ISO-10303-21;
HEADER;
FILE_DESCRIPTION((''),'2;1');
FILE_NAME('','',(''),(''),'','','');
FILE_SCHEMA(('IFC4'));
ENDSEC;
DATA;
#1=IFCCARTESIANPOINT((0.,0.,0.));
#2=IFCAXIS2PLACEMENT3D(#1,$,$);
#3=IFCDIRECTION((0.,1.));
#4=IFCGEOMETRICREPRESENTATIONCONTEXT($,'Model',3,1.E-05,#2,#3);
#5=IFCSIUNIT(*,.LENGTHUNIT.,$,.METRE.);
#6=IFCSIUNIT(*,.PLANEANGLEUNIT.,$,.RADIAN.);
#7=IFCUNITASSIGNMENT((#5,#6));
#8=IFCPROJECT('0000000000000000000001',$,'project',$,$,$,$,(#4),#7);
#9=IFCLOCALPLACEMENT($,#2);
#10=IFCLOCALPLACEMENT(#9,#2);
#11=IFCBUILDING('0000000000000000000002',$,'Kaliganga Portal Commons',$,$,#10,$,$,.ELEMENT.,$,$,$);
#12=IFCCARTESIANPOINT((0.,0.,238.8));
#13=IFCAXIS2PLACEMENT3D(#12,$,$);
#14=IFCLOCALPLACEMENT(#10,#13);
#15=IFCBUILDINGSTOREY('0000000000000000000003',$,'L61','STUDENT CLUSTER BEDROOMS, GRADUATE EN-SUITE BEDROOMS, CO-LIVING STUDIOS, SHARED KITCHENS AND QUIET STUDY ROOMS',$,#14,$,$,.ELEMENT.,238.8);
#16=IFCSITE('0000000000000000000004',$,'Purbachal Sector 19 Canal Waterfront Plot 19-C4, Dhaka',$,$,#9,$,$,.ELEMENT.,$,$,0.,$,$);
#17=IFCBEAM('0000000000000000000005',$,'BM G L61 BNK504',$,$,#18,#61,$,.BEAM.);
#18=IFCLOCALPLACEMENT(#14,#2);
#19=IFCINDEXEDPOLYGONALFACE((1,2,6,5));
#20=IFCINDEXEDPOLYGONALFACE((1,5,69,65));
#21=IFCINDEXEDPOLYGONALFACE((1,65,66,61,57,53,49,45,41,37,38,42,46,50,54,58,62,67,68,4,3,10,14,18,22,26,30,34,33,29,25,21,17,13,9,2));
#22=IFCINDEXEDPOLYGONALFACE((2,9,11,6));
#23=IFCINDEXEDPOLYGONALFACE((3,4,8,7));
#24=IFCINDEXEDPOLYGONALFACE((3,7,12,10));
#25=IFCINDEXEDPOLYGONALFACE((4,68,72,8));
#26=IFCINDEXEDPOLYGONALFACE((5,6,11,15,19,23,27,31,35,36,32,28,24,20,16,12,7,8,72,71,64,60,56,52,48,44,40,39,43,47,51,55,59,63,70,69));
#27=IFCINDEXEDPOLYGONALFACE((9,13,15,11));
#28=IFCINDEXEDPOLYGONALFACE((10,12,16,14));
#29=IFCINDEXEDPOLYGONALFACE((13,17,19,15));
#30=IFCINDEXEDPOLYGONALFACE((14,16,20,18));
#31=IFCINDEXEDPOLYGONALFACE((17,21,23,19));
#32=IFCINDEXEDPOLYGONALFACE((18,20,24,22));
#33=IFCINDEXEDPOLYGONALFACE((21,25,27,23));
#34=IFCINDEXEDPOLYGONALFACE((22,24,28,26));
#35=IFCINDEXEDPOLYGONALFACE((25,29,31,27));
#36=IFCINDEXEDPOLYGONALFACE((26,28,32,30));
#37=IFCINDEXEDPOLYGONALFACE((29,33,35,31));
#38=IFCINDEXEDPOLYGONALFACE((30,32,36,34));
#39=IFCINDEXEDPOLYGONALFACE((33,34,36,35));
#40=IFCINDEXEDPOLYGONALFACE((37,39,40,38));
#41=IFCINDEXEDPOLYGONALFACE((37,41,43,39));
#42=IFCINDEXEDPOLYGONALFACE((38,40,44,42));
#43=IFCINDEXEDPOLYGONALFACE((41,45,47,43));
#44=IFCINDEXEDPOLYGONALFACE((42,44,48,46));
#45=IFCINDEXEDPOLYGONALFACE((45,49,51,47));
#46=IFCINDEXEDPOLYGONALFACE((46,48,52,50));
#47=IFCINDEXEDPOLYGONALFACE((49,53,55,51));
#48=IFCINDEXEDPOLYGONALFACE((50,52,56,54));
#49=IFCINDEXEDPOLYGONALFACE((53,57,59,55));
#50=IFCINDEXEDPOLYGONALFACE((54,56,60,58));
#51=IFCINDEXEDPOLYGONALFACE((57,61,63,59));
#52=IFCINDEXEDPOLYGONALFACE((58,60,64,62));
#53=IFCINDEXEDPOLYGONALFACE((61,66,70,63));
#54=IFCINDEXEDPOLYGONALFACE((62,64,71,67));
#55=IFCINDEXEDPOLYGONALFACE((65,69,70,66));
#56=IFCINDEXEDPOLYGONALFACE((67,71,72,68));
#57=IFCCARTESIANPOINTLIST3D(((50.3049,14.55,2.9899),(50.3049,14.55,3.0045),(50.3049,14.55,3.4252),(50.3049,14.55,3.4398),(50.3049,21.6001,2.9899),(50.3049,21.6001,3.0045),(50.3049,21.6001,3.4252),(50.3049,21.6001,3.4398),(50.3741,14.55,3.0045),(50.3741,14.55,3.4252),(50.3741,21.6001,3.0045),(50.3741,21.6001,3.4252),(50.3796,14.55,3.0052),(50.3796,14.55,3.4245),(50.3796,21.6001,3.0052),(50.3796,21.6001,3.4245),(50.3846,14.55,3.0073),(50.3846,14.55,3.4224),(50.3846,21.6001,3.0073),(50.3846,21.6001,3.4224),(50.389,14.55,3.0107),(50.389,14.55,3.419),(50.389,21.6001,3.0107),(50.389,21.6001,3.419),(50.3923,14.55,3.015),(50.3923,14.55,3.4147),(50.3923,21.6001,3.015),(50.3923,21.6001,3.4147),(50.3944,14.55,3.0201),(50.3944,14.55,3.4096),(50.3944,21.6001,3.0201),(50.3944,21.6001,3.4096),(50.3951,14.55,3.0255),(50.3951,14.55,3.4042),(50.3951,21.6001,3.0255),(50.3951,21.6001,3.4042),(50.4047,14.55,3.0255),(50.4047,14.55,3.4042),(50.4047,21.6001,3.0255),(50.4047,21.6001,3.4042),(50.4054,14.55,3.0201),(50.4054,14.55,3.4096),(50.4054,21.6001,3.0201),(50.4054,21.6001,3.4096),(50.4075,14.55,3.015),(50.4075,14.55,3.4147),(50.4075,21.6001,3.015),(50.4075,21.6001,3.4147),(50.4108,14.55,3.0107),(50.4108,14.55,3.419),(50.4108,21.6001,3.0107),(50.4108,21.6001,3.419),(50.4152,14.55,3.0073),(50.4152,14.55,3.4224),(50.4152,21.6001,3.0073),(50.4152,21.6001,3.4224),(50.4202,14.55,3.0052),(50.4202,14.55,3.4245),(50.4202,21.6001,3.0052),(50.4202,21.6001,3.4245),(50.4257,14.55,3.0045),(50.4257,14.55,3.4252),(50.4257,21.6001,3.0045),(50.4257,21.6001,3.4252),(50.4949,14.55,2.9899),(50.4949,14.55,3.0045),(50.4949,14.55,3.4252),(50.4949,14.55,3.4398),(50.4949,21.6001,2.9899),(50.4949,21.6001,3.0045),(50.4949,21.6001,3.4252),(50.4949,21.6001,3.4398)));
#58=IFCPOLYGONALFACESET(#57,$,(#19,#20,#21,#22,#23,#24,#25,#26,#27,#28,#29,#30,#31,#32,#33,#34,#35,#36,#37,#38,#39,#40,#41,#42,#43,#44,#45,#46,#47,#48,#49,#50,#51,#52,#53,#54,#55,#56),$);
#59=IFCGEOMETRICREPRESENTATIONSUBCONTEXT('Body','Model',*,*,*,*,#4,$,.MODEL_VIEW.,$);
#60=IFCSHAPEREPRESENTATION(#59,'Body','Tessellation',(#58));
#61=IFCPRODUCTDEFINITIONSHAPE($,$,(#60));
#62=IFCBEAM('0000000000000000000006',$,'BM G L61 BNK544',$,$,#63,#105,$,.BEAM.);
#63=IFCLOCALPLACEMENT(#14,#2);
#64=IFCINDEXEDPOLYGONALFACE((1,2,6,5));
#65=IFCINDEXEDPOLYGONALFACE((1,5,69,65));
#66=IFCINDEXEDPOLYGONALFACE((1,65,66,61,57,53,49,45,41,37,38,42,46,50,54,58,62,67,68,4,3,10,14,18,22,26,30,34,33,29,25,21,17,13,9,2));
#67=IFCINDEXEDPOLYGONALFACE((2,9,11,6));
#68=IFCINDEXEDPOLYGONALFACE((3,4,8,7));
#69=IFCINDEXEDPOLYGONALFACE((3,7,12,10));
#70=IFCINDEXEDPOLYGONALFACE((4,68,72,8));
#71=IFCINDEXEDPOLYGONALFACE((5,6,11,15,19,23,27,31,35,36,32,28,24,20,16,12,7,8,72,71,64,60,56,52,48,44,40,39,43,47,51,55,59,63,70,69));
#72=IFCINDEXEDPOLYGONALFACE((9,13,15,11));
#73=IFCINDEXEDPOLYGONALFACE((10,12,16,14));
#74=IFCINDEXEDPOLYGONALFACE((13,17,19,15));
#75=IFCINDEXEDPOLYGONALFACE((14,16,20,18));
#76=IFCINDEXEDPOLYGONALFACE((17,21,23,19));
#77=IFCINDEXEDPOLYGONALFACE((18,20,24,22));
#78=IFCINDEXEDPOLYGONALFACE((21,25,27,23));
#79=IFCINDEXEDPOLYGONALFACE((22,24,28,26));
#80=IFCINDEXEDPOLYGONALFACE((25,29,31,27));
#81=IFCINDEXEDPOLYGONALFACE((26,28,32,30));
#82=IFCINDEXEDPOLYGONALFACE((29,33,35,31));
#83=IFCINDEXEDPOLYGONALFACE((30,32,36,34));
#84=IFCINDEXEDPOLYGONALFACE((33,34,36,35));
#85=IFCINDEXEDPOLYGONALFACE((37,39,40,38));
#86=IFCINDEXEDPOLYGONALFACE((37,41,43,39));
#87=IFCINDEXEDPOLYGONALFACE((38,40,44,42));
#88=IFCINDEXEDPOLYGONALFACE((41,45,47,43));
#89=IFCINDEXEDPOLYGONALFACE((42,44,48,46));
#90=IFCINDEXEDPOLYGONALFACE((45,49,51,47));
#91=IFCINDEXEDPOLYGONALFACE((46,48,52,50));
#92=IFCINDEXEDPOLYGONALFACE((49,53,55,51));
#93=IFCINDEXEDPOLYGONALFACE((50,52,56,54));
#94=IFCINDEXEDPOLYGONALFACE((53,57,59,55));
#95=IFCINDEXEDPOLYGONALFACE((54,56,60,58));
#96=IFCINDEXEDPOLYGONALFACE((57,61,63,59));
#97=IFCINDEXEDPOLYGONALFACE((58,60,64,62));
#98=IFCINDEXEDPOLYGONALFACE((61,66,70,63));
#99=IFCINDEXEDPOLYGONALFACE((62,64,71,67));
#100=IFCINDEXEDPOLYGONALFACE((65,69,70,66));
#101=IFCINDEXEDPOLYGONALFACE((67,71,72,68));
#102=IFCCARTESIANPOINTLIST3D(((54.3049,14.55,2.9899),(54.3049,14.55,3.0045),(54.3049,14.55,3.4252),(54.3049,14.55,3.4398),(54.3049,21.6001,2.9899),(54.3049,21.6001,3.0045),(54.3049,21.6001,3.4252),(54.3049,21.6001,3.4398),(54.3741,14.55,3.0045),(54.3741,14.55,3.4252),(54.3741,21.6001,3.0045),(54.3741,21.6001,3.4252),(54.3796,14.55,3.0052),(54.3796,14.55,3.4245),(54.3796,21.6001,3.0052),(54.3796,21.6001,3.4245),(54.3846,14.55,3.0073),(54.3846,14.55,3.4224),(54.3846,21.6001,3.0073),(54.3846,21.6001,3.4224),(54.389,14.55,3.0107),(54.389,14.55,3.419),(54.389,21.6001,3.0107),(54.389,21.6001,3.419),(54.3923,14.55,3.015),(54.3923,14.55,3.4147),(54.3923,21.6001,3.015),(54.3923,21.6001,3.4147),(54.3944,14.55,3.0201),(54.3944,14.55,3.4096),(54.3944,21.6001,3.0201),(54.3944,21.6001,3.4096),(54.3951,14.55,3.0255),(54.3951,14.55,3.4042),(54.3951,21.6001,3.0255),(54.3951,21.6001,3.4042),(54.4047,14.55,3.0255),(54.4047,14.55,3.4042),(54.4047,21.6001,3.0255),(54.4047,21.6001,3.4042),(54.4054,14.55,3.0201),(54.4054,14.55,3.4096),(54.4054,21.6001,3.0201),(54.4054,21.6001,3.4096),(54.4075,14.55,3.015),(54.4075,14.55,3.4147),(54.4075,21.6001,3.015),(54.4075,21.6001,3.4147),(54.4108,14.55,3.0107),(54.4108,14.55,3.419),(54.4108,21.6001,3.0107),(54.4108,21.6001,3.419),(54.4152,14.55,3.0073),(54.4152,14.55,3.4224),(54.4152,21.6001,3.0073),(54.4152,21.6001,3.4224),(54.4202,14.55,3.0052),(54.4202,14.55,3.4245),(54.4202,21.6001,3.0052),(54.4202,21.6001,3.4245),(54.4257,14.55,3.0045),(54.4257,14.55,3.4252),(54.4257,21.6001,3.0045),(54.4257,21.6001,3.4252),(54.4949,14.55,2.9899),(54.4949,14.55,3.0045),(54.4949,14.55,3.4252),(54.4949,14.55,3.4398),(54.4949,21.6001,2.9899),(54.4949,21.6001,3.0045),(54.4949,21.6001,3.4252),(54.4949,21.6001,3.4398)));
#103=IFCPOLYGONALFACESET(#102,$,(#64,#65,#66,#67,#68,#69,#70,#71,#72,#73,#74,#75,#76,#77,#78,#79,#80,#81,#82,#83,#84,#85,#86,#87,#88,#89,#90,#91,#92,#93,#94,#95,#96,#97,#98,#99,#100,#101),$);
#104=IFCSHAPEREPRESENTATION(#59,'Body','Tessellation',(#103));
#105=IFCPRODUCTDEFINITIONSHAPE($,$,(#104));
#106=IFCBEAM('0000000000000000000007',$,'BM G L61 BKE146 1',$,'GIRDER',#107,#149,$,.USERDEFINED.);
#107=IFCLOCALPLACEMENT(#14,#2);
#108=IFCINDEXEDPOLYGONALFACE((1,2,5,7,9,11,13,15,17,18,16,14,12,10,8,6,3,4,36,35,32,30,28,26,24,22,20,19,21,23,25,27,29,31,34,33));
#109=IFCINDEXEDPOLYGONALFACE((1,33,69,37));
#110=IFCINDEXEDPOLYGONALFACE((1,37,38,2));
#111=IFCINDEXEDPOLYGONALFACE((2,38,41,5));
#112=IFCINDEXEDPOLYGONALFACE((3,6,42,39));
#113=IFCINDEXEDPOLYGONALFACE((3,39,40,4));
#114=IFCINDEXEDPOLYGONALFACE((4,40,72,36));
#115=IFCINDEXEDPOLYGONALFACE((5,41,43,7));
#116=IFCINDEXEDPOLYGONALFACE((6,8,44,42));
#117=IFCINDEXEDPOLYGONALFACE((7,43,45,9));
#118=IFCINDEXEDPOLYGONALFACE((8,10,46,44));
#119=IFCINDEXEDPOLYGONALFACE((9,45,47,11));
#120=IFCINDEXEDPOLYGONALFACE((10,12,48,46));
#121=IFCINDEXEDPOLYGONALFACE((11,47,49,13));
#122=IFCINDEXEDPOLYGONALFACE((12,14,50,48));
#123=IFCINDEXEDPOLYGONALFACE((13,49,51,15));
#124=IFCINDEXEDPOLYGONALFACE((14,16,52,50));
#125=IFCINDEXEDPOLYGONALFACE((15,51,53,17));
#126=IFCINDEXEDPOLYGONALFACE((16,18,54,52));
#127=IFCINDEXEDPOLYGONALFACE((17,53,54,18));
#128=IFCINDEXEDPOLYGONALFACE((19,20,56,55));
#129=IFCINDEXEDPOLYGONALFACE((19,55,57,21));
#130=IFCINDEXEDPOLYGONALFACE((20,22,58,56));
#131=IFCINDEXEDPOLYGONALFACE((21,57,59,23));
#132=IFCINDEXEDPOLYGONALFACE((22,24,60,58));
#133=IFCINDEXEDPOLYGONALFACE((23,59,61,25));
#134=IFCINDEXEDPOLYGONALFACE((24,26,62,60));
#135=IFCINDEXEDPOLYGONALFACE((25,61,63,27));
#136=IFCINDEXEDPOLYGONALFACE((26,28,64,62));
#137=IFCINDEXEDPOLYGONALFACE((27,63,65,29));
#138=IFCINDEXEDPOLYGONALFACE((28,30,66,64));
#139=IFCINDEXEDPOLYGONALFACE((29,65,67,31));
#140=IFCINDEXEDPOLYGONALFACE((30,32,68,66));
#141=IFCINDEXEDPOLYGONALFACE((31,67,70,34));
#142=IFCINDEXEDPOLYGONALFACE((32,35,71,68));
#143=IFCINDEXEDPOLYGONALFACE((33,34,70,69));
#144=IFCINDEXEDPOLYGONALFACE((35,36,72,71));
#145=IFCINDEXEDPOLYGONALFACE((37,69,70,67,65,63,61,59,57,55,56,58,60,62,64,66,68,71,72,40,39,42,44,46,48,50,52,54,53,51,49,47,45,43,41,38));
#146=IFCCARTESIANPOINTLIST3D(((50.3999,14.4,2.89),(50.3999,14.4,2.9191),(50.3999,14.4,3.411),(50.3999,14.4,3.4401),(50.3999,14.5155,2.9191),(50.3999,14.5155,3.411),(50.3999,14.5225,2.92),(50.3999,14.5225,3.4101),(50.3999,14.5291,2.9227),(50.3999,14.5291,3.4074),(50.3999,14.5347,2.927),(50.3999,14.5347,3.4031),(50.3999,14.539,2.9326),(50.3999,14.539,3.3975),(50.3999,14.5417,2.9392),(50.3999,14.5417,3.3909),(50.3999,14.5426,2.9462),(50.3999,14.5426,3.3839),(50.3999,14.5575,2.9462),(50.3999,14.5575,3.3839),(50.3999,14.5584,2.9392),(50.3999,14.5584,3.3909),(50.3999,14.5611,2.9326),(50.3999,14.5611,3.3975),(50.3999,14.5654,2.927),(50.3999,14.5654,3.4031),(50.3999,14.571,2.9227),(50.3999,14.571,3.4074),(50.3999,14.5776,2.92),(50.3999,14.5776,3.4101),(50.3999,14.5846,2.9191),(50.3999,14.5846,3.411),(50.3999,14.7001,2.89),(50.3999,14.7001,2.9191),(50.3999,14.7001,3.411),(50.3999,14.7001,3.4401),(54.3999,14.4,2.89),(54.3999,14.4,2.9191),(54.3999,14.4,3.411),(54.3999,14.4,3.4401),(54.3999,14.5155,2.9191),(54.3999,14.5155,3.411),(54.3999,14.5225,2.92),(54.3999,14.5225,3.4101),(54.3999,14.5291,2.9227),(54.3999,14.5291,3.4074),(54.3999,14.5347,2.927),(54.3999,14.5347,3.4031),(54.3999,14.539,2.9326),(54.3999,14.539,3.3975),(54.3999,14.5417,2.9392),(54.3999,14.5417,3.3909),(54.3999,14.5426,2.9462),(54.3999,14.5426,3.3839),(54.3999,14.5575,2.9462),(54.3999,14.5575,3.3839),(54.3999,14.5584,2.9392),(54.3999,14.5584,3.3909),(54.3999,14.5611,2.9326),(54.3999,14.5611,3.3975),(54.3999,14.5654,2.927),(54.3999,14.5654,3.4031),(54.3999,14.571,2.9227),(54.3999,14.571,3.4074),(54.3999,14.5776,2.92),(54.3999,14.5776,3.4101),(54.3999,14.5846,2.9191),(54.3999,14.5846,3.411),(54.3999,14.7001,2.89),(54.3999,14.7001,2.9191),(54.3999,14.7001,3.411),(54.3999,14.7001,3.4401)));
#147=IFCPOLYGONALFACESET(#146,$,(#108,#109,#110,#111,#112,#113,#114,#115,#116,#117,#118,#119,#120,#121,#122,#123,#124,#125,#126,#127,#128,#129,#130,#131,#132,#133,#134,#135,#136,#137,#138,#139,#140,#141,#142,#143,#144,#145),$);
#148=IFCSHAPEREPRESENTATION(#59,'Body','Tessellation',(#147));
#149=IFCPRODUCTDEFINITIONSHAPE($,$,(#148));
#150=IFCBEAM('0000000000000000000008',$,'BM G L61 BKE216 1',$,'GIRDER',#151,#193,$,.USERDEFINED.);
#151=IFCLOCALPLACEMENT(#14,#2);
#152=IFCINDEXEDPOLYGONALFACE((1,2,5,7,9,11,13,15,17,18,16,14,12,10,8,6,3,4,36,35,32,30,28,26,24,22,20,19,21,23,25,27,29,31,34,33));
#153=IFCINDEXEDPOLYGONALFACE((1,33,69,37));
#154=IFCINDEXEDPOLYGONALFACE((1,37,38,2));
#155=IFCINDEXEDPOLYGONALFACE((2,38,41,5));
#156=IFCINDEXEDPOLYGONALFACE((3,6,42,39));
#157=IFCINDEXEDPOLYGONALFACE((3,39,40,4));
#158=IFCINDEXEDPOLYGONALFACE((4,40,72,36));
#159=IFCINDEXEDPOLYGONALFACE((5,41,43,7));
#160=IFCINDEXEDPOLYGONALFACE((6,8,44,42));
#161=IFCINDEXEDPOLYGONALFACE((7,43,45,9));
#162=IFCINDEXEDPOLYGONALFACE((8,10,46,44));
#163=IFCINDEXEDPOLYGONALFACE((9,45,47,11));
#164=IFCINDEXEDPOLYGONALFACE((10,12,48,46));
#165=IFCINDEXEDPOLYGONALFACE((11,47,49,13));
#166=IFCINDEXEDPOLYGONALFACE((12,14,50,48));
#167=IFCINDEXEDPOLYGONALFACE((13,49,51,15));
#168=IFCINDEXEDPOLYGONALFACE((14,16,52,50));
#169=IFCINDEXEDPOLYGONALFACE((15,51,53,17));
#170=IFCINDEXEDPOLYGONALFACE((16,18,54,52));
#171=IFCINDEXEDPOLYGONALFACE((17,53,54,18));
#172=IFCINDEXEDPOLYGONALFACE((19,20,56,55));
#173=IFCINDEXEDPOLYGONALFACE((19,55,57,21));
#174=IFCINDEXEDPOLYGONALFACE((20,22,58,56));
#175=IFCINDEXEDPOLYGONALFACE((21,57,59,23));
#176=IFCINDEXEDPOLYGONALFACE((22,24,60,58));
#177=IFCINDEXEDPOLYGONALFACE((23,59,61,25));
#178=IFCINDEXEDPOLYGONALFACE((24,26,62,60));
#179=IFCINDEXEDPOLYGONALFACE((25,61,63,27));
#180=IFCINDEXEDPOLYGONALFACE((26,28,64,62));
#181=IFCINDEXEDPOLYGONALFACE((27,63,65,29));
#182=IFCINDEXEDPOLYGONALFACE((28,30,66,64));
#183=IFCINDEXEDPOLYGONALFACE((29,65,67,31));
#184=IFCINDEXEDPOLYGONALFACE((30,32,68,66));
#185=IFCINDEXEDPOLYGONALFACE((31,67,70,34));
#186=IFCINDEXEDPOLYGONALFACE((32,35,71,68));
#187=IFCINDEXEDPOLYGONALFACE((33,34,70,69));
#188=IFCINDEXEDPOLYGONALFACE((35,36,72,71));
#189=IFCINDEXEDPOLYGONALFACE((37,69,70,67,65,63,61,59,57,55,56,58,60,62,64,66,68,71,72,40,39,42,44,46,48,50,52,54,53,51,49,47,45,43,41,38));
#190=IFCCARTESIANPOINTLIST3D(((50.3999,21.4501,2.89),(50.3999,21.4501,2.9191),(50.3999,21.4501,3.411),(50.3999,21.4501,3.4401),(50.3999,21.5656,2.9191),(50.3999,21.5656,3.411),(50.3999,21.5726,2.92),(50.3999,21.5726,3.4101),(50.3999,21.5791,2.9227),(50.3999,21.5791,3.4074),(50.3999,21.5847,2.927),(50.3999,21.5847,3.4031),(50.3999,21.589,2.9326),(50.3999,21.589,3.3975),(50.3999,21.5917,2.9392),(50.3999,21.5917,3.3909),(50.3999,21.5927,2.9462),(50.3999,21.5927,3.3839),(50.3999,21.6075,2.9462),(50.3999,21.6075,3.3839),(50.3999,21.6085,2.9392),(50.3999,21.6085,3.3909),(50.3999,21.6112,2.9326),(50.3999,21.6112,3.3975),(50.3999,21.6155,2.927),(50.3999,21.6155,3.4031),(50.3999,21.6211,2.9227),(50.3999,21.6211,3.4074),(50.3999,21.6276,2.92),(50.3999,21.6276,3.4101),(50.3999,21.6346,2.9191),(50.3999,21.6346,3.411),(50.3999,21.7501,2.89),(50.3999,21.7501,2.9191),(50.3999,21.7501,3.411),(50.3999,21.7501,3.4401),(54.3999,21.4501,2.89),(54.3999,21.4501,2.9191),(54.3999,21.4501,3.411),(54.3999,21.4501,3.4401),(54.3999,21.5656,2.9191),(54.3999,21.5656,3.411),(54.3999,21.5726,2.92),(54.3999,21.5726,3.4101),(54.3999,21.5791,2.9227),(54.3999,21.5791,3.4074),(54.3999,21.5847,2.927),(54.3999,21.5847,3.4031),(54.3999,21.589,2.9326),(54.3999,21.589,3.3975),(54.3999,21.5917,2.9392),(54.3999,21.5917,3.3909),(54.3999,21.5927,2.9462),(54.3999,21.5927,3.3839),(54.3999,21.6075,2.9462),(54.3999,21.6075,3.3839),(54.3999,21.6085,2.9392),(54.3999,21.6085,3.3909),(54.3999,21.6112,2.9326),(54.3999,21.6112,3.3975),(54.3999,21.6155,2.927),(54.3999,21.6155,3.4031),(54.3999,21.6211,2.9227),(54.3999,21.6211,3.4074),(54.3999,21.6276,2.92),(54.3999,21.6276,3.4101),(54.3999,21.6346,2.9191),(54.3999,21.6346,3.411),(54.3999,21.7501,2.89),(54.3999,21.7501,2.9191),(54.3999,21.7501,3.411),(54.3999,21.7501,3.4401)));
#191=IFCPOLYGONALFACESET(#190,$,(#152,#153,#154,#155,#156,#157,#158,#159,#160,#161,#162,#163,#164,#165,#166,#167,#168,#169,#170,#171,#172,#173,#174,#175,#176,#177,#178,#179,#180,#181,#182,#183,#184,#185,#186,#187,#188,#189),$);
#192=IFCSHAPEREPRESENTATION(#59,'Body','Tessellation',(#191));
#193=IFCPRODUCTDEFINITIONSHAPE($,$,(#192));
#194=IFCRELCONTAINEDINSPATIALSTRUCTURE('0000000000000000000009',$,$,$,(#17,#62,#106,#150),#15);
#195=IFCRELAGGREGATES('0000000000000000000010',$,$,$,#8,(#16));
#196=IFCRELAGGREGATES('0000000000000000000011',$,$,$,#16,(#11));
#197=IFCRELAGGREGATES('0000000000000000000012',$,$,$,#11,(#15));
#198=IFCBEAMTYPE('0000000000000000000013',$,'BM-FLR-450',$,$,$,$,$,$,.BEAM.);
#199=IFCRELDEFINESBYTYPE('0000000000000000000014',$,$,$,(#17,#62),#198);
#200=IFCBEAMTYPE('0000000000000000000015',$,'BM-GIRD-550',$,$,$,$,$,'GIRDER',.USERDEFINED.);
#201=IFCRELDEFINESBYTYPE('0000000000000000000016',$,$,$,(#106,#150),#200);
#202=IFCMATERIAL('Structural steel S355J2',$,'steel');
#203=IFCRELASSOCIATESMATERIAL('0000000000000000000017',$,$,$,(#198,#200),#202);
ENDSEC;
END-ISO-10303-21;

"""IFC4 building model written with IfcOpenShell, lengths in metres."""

from ifc_helpers import new_model, si_unit, direction, frame, origin, origin_2d, place, context, subcontext, project, spatial, i_section, extrude, source, transform, mapped, material, material_profile, profile_set, type_object, element, save


model = new_model("IFC4")

# Units and contexts
model_context = context("Model", 3, precision=1e-05, world=origin(), true_north=direction((0.0, 1.0)))
body_context = subcontext(model_context, "Body", "Model", "MODEL_VIEW")
ifc_project = project(units=[si_unit("LENGTHUNIT", "METRE"), si_unit("PLANEANGLEUNIT", "RADIAN")], contexts=[model_context])

# Site, building, storey
site_placement = place(None, origin())
site = spatial("IfcSite", under=ifc_project, at=site_placement, Name="Purbachal Sector 19 Canal Waterfront Plot 19-C4, Dhaka", CompositionType="ELEMENT", RefElevation=0.0)
building_placement = place(site_placement, origin())
building = spatial("IfcBuilding", under=site, at=building_placement, Name="Kaliganga Portal Commons", CompositionType="ELEMENT")
storey_placement = place(building_placement, frame((0.0, 0.0, 238.8)))
storey = spatial("IfcBuildingStorey", under=building, at=storey_placement, Name="L61", Description="STUDENT CLUSTER BEDROOMS, GRADUATE EN-SUITE BEDROOMS, CO-LIVING STUDIOS, SHARED KITCHENS AND QUIET STUDY ROOMS", CompositionType="ELEMENT", Elevation=238.8)

# Shared definitions
ifc_material_1 = material(Name="Structural steel S355J2", Category="steel")

# Beams
ifc_material_profile_1 = material_profile(ifc_material_1, i_section(OverallWidth=0.1899, OverallDepth=0.45, WebThickness=0.0095, FlangeThickness=0.0146, FilletRadius=0.021, at=origin_2d()), Name="IPE 450")
ifc_profile_set_1 = profile_set([ifc_material_profile_1], Name="Structural steel S355J2 wide-flange")
beam_type_1 = type_object("IfcBeamType", Name="BM-FLR-450", PredefinedType="BEAM", material=ifc_profile_set_1)
shared_shape_1 = source(origin(), body_context, "Body", "SweptSolid", [
    extrude(i_section(OverallWidth=0.1899, OverallDepth=0.45, WebThickness=0.0095, FlangeThickness=0.0146, FilletRadius=0.021, at=origin_2d()), origin(), (0.0, 0.0, 1.0), 7.05),
])
for number, where, z_axis, x_axis, name in (
    (1, (50.3999, 14.55, 3.2148), (0.0, 1.0, 0.0), (-1.0, 0.0, 0.0), "BM G L61 BNK504"),
    (2, (54.3999, 14.55, 3.2148), (0.0, 1.0, 0.0), (-1.0, 0.0, 0.0), "BM G L61 BNK544"),
):
    element("IfcBeam", number, at=place(storey_placement, frame(where, z_axis=z_axis, x_axis=x_axis)), inside=storey, type_object=beam_type_1, Name=name, PredefinedType="BEAM", context=body_context, shape_type="MappedRepresentation", body=[
        mapped(shared_shape_1, transform((0.0, 0.0, 0.0), x_axis=(1.0, 0.0, 0.0), y_axis=(0.0, 1.0, 0.0), z_axis=(0.0, 0.0, 1.0), scale=1.0)),
    ])
ifc_material_profile_2 = material_profile(ifc_material_1, i_section(OverallWidth=0.3, OverallDepth=0.55, WebThickness=0.0149, FlangeThickness=0.0291, FilletRadius=0.0271, at=origin_2d()), Name="HE 550 B")
ifc_profile_set_2 = profile_set([ifc_material_profile_2], Name="Structural steel S355J2 wide-flange")
beam_type_2 = type_object("IfcBeamType", Name="BM-GIRD-550", ElementType="GIRDER", PredefinedType="USERDEFINED", material=ifc_profile_set_2)
shared_shape_2 = source(origin(), body_context, "Body", "SweptSolid", [
    extrude(i_section(OverallWidth=0.3, OverallDepth=0.55, WebThickness=0.0149, FlangeThickness=0.0291, FilletRadius=0.0271, at=origin_2d()), origin(), (0.0, 0.0, 1.0), 4.0),
])
for number, where, z_axis, x_axis, name in (
    (3, (50.3999, 14.55, 3.165), (1.0, 0.0, 0.0), (0.0, 1.0, 0.0), "BM G L61 BKE146 1"),
    (4, (50.3999, 21.6001, 3.165), (1.0, 0.0, 0.0), (0.0, 1.0, 0.0), "BM G L61 BKE216 1"),
):
    element("IfcBeam", number, at=place(storey_placement, frame(where, z_axis=z_axis, x_axis=x_axis)), inside=storey, type_object=beam_type_2, Name=name, ObjectType="GIRDER", PredefinedType="USERDEFINED", context=body_context, shape_type="MappedRepresentation", body=[
        mapped(shared_shape_2, transform((0.0, 0.0, 0.0), x_axis=(1.0, 0.0, 0.0), y_axis=(0.0, 1.0, 0.0), z_axis=(0.0, 0.0, 1.0), scale=1.0)),
    ])

save(model, "model.ifc")
